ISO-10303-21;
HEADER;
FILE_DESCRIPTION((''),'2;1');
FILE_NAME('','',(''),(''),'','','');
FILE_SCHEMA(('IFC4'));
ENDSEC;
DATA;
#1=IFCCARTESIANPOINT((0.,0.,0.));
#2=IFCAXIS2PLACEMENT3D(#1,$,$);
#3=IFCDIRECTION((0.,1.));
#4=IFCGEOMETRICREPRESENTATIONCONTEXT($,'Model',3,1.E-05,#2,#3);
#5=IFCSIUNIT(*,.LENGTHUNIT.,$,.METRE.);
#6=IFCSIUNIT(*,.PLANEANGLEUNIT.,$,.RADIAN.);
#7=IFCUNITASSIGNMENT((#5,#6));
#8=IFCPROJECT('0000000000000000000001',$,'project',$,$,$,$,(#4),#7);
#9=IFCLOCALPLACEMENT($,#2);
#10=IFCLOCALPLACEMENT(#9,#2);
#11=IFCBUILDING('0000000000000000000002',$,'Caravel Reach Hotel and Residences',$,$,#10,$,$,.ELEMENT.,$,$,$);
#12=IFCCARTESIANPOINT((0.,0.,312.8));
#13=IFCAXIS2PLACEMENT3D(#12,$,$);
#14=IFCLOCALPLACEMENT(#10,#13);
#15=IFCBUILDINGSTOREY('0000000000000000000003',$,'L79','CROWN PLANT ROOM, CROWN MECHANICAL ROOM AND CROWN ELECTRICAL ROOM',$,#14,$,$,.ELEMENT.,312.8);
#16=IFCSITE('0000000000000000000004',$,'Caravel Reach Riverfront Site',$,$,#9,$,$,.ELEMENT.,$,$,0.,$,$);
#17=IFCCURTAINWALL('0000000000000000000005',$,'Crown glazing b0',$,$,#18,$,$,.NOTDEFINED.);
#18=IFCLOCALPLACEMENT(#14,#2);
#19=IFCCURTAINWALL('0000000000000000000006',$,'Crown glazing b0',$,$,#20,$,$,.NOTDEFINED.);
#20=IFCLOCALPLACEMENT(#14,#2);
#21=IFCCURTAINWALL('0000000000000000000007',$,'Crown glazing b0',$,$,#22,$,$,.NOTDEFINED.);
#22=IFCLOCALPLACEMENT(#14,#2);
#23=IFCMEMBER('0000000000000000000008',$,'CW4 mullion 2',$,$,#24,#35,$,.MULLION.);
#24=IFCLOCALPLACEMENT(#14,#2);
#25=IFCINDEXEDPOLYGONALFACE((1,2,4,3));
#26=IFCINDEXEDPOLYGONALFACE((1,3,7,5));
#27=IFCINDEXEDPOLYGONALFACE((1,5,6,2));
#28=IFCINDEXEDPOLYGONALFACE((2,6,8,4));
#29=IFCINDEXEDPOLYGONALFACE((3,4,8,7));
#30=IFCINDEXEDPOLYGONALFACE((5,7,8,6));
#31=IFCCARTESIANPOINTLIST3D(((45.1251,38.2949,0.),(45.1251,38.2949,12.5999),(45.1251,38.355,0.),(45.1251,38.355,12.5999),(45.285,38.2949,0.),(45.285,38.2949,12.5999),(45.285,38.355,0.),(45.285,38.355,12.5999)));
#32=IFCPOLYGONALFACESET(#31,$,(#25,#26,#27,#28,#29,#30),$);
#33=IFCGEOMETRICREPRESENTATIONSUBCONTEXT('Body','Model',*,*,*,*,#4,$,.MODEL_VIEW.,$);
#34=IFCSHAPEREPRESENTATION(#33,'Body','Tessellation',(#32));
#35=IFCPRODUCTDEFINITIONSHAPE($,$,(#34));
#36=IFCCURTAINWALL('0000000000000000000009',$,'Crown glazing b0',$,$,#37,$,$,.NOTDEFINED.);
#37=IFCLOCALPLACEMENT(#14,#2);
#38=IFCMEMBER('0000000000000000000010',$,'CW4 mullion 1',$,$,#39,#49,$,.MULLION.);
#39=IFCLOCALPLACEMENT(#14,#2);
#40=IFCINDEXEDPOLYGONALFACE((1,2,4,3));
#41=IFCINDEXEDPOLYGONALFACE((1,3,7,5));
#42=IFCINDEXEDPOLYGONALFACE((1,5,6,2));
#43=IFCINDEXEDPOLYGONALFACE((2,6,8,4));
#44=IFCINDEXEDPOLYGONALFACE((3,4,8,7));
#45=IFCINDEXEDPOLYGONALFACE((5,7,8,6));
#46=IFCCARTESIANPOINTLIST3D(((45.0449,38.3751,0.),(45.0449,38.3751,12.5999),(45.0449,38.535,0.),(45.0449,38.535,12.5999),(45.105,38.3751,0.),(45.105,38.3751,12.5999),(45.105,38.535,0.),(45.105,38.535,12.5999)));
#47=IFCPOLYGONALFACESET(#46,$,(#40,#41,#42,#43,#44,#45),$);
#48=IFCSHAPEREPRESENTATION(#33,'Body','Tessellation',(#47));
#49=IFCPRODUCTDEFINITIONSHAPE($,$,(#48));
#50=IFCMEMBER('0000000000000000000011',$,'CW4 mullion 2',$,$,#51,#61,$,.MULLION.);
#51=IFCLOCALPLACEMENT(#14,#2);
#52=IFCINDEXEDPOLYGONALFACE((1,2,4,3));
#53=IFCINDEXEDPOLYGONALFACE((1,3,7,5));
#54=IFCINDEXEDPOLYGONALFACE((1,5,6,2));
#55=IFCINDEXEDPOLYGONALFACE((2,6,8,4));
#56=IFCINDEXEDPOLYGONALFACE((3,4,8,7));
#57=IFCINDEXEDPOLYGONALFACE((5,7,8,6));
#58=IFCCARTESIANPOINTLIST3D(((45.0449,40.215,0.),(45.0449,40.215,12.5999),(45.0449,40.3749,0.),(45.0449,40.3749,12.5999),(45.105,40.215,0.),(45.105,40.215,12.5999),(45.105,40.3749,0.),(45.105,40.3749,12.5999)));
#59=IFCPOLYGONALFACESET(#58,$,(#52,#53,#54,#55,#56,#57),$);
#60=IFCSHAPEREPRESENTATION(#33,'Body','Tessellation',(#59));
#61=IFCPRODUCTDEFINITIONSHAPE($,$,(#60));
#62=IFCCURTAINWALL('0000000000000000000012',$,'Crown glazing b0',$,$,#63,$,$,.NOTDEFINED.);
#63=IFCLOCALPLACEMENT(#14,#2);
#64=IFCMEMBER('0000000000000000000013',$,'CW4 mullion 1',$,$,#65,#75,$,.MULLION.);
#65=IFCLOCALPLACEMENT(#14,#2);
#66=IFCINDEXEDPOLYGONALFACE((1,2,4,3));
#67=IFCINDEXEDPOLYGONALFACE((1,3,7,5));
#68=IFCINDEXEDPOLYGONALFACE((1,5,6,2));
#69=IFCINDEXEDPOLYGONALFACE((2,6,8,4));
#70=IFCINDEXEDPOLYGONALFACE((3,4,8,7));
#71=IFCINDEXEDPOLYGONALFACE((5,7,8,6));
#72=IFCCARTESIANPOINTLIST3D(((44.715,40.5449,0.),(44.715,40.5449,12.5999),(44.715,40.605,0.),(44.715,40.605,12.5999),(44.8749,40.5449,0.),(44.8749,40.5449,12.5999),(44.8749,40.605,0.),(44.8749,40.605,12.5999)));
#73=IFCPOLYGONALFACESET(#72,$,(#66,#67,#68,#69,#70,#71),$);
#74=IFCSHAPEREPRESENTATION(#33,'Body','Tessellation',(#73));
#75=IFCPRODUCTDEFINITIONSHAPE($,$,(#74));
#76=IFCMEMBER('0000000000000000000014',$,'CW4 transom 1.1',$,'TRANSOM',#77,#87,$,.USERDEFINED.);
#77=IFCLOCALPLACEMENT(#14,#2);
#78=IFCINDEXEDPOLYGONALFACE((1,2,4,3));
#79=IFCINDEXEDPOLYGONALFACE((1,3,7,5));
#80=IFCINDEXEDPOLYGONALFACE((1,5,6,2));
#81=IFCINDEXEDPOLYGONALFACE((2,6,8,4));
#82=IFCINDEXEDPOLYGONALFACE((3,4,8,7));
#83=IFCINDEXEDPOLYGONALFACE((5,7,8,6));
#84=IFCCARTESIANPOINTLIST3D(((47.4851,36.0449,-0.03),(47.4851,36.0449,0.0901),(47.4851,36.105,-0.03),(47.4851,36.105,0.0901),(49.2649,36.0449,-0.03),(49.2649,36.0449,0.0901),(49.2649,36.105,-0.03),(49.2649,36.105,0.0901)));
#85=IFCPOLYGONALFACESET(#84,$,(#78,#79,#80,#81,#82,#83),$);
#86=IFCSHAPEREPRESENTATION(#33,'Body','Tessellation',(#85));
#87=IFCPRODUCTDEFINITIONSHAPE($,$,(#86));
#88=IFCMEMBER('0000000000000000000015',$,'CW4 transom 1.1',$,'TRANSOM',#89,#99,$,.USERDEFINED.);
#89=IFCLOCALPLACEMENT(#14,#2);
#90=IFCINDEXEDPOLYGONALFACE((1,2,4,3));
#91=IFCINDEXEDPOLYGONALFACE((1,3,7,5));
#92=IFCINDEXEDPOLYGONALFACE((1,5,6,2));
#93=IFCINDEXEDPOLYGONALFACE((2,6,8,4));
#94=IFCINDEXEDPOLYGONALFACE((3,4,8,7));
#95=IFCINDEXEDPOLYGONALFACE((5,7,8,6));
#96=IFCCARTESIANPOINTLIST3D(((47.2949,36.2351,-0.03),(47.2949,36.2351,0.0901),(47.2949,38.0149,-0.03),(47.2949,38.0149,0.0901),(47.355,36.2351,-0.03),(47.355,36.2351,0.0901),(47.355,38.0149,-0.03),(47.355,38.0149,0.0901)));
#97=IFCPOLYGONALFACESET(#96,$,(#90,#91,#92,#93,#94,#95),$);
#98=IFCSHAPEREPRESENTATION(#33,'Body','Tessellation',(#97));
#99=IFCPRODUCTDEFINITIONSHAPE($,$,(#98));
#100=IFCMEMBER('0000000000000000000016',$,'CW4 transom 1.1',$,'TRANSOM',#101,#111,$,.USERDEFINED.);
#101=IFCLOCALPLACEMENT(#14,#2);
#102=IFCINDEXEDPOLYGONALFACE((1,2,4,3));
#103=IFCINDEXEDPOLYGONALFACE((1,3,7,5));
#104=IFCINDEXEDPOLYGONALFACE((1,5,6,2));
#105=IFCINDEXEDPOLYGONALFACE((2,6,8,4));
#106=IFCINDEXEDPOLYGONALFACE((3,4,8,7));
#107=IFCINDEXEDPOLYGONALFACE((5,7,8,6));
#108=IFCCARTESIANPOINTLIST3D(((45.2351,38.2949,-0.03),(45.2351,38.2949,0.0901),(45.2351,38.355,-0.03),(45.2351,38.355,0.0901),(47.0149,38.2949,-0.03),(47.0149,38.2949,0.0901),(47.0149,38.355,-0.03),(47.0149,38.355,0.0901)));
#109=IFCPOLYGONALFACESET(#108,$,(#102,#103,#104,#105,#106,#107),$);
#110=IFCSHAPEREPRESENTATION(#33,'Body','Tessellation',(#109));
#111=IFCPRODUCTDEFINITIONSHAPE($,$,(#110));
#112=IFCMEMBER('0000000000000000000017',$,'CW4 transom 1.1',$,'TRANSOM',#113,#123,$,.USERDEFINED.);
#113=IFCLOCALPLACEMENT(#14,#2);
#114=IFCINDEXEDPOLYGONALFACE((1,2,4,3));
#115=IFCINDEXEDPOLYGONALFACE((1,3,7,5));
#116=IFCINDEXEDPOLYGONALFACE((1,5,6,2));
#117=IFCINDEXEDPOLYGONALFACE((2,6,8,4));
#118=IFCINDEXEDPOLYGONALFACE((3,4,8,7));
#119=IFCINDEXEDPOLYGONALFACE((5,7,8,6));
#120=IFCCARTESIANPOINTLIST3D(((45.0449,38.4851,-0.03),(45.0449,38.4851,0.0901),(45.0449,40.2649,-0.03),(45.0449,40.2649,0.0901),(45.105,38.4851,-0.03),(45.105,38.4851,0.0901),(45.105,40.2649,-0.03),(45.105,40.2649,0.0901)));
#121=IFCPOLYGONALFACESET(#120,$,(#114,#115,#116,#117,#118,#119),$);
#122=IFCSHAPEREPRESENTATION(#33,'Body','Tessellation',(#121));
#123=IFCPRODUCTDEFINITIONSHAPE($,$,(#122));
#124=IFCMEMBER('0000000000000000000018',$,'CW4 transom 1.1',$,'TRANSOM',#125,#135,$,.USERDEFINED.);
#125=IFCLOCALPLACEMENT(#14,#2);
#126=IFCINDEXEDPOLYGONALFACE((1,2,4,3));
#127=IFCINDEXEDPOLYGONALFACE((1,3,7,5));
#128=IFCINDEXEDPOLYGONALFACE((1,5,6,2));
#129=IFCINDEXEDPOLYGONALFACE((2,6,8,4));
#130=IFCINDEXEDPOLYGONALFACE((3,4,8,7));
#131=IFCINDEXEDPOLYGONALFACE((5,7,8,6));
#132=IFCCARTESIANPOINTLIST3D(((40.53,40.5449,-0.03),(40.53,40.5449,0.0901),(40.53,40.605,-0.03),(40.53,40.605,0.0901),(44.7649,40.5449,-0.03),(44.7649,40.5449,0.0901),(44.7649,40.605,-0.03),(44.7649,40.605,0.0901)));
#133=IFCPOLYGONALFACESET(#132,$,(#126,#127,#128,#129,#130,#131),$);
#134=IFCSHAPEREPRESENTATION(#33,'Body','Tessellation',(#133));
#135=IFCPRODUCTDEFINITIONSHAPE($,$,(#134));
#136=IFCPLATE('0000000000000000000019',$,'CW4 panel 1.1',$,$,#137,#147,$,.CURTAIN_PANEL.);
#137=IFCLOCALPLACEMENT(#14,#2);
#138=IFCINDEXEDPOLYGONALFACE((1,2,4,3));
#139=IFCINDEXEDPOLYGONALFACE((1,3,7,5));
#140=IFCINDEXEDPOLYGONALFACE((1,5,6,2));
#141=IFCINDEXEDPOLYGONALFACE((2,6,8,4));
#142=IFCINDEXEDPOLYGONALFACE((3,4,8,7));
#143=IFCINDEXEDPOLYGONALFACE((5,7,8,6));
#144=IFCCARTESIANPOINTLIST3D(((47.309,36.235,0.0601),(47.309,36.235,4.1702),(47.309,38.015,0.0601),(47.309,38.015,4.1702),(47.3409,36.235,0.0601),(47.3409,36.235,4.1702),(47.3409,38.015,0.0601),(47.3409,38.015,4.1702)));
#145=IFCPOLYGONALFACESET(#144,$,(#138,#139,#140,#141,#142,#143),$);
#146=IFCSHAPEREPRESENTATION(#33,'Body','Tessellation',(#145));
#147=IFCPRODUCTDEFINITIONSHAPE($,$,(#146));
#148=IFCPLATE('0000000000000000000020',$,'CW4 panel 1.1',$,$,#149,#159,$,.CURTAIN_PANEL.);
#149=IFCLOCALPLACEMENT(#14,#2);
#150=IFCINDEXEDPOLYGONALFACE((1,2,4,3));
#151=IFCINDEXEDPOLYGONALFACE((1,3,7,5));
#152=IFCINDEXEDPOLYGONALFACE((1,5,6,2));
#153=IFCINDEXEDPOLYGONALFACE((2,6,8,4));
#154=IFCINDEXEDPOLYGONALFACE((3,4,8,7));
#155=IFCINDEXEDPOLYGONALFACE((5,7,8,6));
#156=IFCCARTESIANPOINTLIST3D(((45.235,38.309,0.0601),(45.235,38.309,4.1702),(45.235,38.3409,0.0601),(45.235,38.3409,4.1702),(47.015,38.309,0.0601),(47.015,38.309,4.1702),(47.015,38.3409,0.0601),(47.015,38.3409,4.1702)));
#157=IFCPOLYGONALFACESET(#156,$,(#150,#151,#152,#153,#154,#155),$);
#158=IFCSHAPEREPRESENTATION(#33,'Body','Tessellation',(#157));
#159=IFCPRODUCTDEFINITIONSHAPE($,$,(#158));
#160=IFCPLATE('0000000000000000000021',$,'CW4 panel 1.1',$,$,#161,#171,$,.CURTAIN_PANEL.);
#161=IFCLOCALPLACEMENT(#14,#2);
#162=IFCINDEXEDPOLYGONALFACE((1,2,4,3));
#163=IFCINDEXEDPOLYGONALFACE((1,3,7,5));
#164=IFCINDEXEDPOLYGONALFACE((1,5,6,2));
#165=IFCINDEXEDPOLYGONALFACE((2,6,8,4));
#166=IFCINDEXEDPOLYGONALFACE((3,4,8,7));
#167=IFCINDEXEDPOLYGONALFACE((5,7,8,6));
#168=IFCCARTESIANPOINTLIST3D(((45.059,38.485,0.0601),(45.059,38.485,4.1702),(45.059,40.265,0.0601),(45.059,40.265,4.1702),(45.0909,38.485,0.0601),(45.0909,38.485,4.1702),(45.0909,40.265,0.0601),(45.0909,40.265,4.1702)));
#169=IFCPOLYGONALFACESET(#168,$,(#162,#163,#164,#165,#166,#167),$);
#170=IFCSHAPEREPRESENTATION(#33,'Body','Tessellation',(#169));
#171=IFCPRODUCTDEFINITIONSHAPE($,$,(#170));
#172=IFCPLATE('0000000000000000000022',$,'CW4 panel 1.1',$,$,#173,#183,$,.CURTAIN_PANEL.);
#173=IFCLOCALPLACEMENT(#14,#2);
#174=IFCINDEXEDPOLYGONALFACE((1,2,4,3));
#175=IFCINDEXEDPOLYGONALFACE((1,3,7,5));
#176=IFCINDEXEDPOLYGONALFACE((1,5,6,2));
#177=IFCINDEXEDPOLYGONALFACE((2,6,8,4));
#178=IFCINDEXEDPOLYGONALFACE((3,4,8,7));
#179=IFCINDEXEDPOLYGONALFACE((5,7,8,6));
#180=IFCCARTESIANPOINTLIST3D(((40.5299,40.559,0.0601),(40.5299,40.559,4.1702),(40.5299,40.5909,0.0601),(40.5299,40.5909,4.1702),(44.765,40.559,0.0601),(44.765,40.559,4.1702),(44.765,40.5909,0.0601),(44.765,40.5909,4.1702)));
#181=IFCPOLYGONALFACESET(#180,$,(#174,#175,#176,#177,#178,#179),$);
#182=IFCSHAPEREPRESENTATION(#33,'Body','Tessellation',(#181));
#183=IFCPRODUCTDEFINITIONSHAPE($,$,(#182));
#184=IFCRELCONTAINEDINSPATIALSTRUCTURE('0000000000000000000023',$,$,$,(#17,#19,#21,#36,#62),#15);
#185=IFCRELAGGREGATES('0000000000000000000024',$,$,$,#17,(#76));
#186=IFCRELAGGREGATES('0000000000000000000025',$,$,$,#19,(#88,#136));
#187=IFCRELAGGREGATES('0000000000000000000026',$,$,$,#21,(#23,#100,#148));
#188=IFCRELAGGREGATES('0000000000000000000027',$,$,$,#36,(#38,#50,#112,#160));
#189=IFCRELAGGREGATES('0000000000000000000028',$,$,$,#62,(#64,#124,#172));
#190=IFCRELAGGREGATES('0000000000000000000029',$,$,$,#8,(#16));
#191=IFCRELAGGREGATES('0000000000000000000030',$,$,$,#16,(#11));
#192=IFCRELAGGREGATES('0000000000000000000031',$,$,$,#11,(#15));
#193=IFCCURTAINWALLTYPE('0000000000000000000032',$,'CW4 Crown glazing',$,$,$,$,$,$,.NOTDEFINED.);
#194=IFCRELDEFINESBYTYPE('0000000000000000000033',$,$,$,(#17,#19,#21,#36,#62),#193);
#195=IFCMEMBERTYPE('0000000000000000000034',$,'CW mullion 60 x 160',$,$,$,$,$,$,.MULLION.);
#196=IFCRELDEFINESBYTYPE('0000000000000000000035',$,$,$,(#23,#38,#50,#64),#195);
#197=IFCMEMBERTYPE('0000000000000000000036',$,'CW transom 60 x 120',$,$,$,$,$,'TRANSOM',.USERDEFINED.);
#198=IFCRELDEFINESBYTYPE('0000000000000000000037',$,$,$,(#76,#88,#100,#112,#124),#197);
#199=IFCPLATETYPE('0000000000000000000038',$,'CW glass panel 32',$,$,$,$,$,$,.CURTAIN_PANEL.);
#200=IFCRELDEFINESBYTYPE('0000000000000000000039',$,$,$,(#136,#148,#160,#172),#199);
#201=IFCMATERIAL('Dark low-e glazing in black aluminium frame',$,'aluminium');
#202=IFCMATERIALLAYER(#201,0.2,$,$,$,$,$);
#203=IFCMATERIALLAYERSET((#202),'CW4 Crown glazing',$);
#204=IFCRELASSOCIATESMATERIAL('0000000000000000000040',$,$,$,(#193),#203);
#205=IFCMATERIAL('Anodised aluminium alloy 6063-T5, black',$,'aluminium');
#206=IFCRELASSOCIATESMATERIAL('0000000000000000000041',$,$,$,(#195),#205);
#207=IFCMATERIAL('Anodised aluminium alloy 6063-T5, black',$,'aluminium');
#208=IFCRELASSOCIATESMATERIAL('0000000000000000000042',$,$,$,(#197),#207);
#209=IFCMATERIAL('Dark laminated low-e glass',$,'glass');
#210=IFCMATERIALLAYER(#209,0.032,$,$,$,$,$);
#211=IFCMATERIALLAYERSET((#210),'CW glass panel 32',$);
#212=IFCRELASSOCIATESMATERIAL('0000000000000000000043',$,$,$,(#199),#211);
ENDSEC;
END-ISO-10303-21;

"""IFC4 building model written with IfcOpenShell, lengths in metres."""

from ifc_helpers import new_model, si_unit, direction, frame, origin, origin_2d, place, context, subcontext, project, spatial, rectangle, extrude, material, layer, layer_set, material_profile, profile_set, type_object, element, aggregate, save


model = new_model("IFC4")

# Units and contexts
model_context = context("Model", 3, precision=1e-05, world=origin(), true_north=direction((0.0, 1.0)))
body_context = subcontext(model_context, "Body", "Model", "MODEL_VIEW")
ifc_project = project(units=[si_unit("LENGTHUNIT", "METRE"), si_unit("PLANEANGLEUNIT", "RADIAN")], contexts=[model_context])

# Site, building, storey
site_placement = place(None, origin())
site = spatial("IfcSite", under=ifc_project, at=site_placement, Name="Caravel Reach Riverfront Site", CompositionType="ELEMENT", RefElevation=0.0)
building_placement = place(site_placement, origin())
building = spatial("IfcBuilding", under=site, at=building_placement, Name="Caravel Reach Hotel and Residences", CompositionType="ELEMENT")
storey_placement = place(building_placement, frame((0.0, 0.0, 312.8)))
storey = spatial("IfcBuildingStorey", under=building, at=storey_placement, Name="L79", Description="CROWN PLANT ROOM, CROWN MECHANICAL ROOM AND CROWN ELECTRICAL ROOM", CompositionType="ELEMENT", Elevation=312.8)

# Curtain wall
ifc_material_1 = material(Name="Dark low-e glazing in black aluminium frame", Category="aluminium")
ifc_layer_1 = layer(ifc_material_1, 0.2)
ifc_layer_set_1 = layer_set([ifc_layer_1], Name="CW4 Crown glazing")
curtain_wall_type = type_object("IfcCurtainWallType", Name="CW4 Crown glazing", PredefinedType="NOTDEFINED", material=ifc_layer_set_1)
curtain_wall_1_placement = place(storey_placement, origin())
curtain_wall_1 = element("IfcCurtainWall", 1, at=curtain_wall_1_placement, inside=storey, type_object=curtain_wall_type, Name="Crown glazing b0", PredefinedType="NOTDEFINED")
ifc_material_2 = material(Name="Anodised aluminium alloy 6063-T5, black", Category="aluminium")
ifc_material_profile_1 = material_profile(ifc_material_2, rectangle(XDim=0.0601, YDim=0.1599, at=origin_2d()), Name="CW mullion 60 x 160")
ifc_profile_set_1 = profile_set([ifc_material_profile_1], Name="Anodised aluminium alloy 6063-T5, black")
member_type_1 = type_object("IfcMemberType", Name="CW mullion 60 x 160", PredefinedType="MULLION", material=ifc_profile_set_1)

# Curtain walls, members
curtain_wall_2_placement = place(storey_placement, origin())
curtain_wall_2 = element("IfcCurtainWall", 2, at=curtain_wall_2_placement, inside=storey, type_object=curtain_wall_type, Name="Crown glazing b0", PredefinedType="NOTDEFINED")
curtain_wall_3_placement = place(storey_placement, origin())
curtain_wall_3 = element("IfcCurtainWall", 3, at=curtain_wall_3_placement, inside=storey, type_object=curtain_wall_type, Name="Crown glazing b0", PredefinedType="NOTDEFINED")
member_1_placement = place(storey_placement, frame((45.2051, 38.325, 0.0), z_axis=(0.0, 0.0, 1.0), x_axis=(0.0, -1.0, 0.0)))
member_1 = element("IfcMember", 4, at=member_1_placement, type_object=member_type_1, Name="CW4 mullion 2", PredefinedType="MULLION", context=body_context, shape_type="SweptSolid", body=[
    extrude(rectangle(XDim=0.0601, YDim=0.1599, at=origin_2d()), origin(), (0.0, 0.0, 1.0), 12.5999),
])
curtain_wall_4_placement = place(storey_placement, origin())
curtain_wall_4 = element("IfcCurtainWall", 5, at=curtain_wall_4_placement, inside=storey, type_object=curtain_wall_type, Name="Crown glazing b0", PredefinedType="NOTDEFINED")
member_2_placement = place(storey_placement, frame((45.075, 38.4551, 0.0), z_axis=(0.0, 0.0, 1.0), x_axis=(-1.0, 0.0, 0.0)))
member_2 = element("IfcMember", 6, at=member_2_placement, type_object=member_type_1, Name="CW4 mullion 1", PredefinedType="MULLION", context=body_context, shape_type="SweptSolid", body=[
    extrude(rectangle(XDim=0.0601, YDim=0.1599, at=origin_2d()), origin(), (0.0, 0.0, 1.0), 12.5999),
])
member_3_placement = place(storey_placement, frame((45.075, 40.2949, 0.0), z_axis=(0.0, 0.0, 1.0), x_axis=(-1.0, 0.0, 0.0)))
member_3 = element("IfcMember", 7, at=member_3_placement, type_object=member_type_1, Name="CW4 mullion 2", PredefinedType="MULLION", context=body_context, shape_type="SweptSolid", body=[
    extrude(rectangle(XDim=0.0601, YDim=0.1599, at=origin_2d()), origin(), (0.0, 0.0, 1.0), 12.5999),
])

# Curtain wall, member
curtain_wall_5_placement = place(storey_placement, origin())
curtain_wall_5 = element("IfcCurtainWall", 8, at=curtain_wall_5_placement, inside=storey, type_object=curtain_wall_type, Name="Crown glazing b0", PredefinedType="NOTDEFINED")
member_4_placement = place(storey_placement, frame((44.7949, 40.575, 0.0), z_axis=(0.0, 0.0, 1.0), x_axis=(0.0, -1.0, 0.0)))
member_4 = element("IfcMember", 9, at=member_4_placement, type_object=member_type_1, Name="CW4 mullion 1", PredefinedType="MULLION", context=body_context, shape_type="SweptSolid", body=[
    extrude(rectangle(XDim=0.0601, YDim=0.1599, at=origin_2d()), origin(), (0.0, 0.0, 1.0), 12.5999),
])

# Members
ifc_material_3 = material(Name="Anodised aluminium alloy 6063-T5, black", Category="aluminium")
ifc_material_profile_2 = material_profile(ifc_material_3, rectangle(XDim=0.0601, YDim=0.1201, at=origin_2d()), Name="CW transom 60 x 120")
ifc_profile_set_2 = profile_set([ifc_material_profile_2], Name="Anodised aluminium alloy 6063-T5, black")
member_type_2 = type_object("IfcMemberType", Name="CW transom 60 x 120", ElementType="TRANSOM", PredefinedType="USERDEFINED", material=ifc_profile_set_2)
member_5_placement = place(storey_placement, frame((49.2649, 36.075, 0.03), z_axis=(-1.0, 0.0, 0.0), x_axis=(0.0, -1.0, 0.0)))
member_5 = element("IfcMember", 10, at=member_5_placement, type_object=member_type_2, Name="CW4 transom 1.1", ObjectType="TRANSOM", PredefinedType="USERDEFINED", context=body_context, shape_type="SweptSolid", body=[
    extrude(rectangle(XDim=0.0601, YDim=0.1201, at=origin_2d()), origin(), (0.0, 0.0, 1.0), 1.7798),
])
aggregate(curtain_wall_1, [member_5])
member_6_placement = place(storey_placement, frame((47.325, 36.2351, 0.03), z_axis=(0.0, 1.0, 0.0), x_axis=(-1.0, 0.0, 0.0)))
member_6 = element("IfcMember", 11, at=member_6_placement, type_object=member_type_2, Name="CW4 transom 1.1", ObjectType="TRANSOM", PredefinedType="USERDEFINED", context=body_context, shape_type="SweptSolid", body=[
    extrude(rectangle(XDim=0.0601, YDim=0.1201, at=origin_2d()), origin(), (0.0, 0.0, 1.0), 1.7798),
])
member_7_placement = place(storey_placement, frame((47.0149, 38.325, 0.03), z_axis=(-1.0, 0.0, 0.0), x_axis=(0.0, -1.0, 0.0)))
member_7 = element("IfcMember", 12, at=member_7_placement, type_object=member_type_2, Name="CW4 transom 1.1", ObjectType="TRANSOM", PredefinedType="USERDEFINED", context=body_context, shape_type="SweptSolid", body=[
    extrude(rectangle(XDim=0.0601, YDim=0.1201, at=origin_2d()), origin(), (0.0, 0.0, 1.0), 1.7798),
])
member_8_placement = place(storey_placement, frame((45.075, 38.4851, 0.03), z_axis=(0.0, 1.0, 0.0), x_axis=(-1.0, 0.0, 0.0)))
member_8 = element("IfcMember", 13, at=member_8_placement, type_object=member_type_2, Name="CW4 transom 1.1", ObjectType="TRANSOM", PredefinedType="USERDEFINED", context=body_context, shape_type="SweptSolid", body=[
    extrude(rectangle(XDim=0.0601, YDim=0.1201, at=origin_2d()), origin(), (0.0, 0.0, 1.0), 1.7798),
])
member_9_placement = place(storey_placement, frame((44.7649, 40.575, 0.03), z_axis=(-1.0, 0.0, 0.0), x_axis=(0.0, -1.0, 0.0)))
member_9 = element("IfcMember", 14, at=member_9_placement, type_object=member_type_2, Name="CW4 transom 1.1", ObjectType="TRANSOM", PredefinedType="USERDEFINED", context=body_context, shape_type="SweptSolid", body=[
    extrude(rectangle(XDim=0.0601, YDim=0.1201, at=origin_2d()), origin(), (0.0, 0.0, 1.0), 4.2349),
])

# Plates
ifc_material_4 = material(Name="Dark laminated low-e glass", Category="glass")
ifc_layer_2 = layer(ifc_material_4, 0.032)
ifc_layer_set_2 = layer_set([ifc_layer_2], Name="CW glass panel 32")
plate_type = type_object("IfcPlateType", Name="CW glass panel 32", PredefinedType="CURTAIN_PANEL", material=ifc_layer_set_2)
plate_1_placement = place(storey_placement, frame((47.325, 37.125, 0.0601), z_axis=(0.0, 0.0, 1.0), x_axis=(0.0, 1.0, 0.0)))
plate_1 = element("IfcPlate", 15, at=plate_1_placement, type_object=plate_type, Name="CW4 panel 1.1", PredefinedType="CURTAIN_PANEL", context=body_context, shape_type="SweptSolid", body=[
    extrude(rectangle(XDim=1.78, YDim=0.032, at=origin_2d()), origin(), (0.0, 0.0, 1.0), 4.1101),
])
aggregate(curtain_wall_2, [member_6, plate_1])
plate_2_placement = place(storey_placement, frame((46.125, 38.325, 0.0601), z_axis=(0.0, 0.0, 1.0), x_axis=(-1.0, 0.0, 0.0)))
plate_2 = element("IfcPlate", 16, at=plate_2_placement, type_object=plate_type, Name="CW4 panel 1.1", PredefinedType="CURTAIN_PANEL", context=body_context, shape_type="SweptSolid", body=[
    extrude(rectangle(XDim=1.78, YDim=0.032, at=origin_2d()), origin(), (0.0, 0.0, 1.0), 4.1101),
])
aggregate(curtain_wall_3, [member_1, member_7, plate_2])
plate_3_placement = place(storey_placement, frame((45.075, 39.375, 0.0601), z_axis=(0.0, 0.0, 1.0), x_axis=(0.0, 1.0, 0.0)))
plate_3 = element("IfcPlate", 17, at=plate_3_placement, type_object=plate_type, Name="CW4 panel 1.1", PredefinedType="CURTAIN_PANEL", context=body_context, shape_type="SweptSolid", body=[
    extrude(rectangle(XDim=1.78, YDim=0.032, at=origin_2d()), origin(), (0.0, 0.0, 1.0), 4.1101),
])
aggregate(curtain_wall_4, [member_2, member_3, member_8, plate_3])
plate_4_placement = place(storey_placement, frame((42.6475, 40.575, 0.0601), z_axis=(0.0, 0.0, 1.0), x_axis=(-1.0, 0.0, 0.0)))
plate_4 = element("IfcPlate", 18, at=plate_4_placement, type_object=plate_type, Name="CW4 panel 1.1", PredefinedType="CURTAIN_PANEL", context=body_context, shape_type="SweptSolid", body=[
    extrude(rectangle(XDim=4.2351, YDim=0.032, at=origin_2d()), origin(), (0.0, 0.0, 1.0), 4.1101),
])
aggregate(curtain_wall_5, [member_4, member_9, plate_4])

save(model, "model.ifc")
